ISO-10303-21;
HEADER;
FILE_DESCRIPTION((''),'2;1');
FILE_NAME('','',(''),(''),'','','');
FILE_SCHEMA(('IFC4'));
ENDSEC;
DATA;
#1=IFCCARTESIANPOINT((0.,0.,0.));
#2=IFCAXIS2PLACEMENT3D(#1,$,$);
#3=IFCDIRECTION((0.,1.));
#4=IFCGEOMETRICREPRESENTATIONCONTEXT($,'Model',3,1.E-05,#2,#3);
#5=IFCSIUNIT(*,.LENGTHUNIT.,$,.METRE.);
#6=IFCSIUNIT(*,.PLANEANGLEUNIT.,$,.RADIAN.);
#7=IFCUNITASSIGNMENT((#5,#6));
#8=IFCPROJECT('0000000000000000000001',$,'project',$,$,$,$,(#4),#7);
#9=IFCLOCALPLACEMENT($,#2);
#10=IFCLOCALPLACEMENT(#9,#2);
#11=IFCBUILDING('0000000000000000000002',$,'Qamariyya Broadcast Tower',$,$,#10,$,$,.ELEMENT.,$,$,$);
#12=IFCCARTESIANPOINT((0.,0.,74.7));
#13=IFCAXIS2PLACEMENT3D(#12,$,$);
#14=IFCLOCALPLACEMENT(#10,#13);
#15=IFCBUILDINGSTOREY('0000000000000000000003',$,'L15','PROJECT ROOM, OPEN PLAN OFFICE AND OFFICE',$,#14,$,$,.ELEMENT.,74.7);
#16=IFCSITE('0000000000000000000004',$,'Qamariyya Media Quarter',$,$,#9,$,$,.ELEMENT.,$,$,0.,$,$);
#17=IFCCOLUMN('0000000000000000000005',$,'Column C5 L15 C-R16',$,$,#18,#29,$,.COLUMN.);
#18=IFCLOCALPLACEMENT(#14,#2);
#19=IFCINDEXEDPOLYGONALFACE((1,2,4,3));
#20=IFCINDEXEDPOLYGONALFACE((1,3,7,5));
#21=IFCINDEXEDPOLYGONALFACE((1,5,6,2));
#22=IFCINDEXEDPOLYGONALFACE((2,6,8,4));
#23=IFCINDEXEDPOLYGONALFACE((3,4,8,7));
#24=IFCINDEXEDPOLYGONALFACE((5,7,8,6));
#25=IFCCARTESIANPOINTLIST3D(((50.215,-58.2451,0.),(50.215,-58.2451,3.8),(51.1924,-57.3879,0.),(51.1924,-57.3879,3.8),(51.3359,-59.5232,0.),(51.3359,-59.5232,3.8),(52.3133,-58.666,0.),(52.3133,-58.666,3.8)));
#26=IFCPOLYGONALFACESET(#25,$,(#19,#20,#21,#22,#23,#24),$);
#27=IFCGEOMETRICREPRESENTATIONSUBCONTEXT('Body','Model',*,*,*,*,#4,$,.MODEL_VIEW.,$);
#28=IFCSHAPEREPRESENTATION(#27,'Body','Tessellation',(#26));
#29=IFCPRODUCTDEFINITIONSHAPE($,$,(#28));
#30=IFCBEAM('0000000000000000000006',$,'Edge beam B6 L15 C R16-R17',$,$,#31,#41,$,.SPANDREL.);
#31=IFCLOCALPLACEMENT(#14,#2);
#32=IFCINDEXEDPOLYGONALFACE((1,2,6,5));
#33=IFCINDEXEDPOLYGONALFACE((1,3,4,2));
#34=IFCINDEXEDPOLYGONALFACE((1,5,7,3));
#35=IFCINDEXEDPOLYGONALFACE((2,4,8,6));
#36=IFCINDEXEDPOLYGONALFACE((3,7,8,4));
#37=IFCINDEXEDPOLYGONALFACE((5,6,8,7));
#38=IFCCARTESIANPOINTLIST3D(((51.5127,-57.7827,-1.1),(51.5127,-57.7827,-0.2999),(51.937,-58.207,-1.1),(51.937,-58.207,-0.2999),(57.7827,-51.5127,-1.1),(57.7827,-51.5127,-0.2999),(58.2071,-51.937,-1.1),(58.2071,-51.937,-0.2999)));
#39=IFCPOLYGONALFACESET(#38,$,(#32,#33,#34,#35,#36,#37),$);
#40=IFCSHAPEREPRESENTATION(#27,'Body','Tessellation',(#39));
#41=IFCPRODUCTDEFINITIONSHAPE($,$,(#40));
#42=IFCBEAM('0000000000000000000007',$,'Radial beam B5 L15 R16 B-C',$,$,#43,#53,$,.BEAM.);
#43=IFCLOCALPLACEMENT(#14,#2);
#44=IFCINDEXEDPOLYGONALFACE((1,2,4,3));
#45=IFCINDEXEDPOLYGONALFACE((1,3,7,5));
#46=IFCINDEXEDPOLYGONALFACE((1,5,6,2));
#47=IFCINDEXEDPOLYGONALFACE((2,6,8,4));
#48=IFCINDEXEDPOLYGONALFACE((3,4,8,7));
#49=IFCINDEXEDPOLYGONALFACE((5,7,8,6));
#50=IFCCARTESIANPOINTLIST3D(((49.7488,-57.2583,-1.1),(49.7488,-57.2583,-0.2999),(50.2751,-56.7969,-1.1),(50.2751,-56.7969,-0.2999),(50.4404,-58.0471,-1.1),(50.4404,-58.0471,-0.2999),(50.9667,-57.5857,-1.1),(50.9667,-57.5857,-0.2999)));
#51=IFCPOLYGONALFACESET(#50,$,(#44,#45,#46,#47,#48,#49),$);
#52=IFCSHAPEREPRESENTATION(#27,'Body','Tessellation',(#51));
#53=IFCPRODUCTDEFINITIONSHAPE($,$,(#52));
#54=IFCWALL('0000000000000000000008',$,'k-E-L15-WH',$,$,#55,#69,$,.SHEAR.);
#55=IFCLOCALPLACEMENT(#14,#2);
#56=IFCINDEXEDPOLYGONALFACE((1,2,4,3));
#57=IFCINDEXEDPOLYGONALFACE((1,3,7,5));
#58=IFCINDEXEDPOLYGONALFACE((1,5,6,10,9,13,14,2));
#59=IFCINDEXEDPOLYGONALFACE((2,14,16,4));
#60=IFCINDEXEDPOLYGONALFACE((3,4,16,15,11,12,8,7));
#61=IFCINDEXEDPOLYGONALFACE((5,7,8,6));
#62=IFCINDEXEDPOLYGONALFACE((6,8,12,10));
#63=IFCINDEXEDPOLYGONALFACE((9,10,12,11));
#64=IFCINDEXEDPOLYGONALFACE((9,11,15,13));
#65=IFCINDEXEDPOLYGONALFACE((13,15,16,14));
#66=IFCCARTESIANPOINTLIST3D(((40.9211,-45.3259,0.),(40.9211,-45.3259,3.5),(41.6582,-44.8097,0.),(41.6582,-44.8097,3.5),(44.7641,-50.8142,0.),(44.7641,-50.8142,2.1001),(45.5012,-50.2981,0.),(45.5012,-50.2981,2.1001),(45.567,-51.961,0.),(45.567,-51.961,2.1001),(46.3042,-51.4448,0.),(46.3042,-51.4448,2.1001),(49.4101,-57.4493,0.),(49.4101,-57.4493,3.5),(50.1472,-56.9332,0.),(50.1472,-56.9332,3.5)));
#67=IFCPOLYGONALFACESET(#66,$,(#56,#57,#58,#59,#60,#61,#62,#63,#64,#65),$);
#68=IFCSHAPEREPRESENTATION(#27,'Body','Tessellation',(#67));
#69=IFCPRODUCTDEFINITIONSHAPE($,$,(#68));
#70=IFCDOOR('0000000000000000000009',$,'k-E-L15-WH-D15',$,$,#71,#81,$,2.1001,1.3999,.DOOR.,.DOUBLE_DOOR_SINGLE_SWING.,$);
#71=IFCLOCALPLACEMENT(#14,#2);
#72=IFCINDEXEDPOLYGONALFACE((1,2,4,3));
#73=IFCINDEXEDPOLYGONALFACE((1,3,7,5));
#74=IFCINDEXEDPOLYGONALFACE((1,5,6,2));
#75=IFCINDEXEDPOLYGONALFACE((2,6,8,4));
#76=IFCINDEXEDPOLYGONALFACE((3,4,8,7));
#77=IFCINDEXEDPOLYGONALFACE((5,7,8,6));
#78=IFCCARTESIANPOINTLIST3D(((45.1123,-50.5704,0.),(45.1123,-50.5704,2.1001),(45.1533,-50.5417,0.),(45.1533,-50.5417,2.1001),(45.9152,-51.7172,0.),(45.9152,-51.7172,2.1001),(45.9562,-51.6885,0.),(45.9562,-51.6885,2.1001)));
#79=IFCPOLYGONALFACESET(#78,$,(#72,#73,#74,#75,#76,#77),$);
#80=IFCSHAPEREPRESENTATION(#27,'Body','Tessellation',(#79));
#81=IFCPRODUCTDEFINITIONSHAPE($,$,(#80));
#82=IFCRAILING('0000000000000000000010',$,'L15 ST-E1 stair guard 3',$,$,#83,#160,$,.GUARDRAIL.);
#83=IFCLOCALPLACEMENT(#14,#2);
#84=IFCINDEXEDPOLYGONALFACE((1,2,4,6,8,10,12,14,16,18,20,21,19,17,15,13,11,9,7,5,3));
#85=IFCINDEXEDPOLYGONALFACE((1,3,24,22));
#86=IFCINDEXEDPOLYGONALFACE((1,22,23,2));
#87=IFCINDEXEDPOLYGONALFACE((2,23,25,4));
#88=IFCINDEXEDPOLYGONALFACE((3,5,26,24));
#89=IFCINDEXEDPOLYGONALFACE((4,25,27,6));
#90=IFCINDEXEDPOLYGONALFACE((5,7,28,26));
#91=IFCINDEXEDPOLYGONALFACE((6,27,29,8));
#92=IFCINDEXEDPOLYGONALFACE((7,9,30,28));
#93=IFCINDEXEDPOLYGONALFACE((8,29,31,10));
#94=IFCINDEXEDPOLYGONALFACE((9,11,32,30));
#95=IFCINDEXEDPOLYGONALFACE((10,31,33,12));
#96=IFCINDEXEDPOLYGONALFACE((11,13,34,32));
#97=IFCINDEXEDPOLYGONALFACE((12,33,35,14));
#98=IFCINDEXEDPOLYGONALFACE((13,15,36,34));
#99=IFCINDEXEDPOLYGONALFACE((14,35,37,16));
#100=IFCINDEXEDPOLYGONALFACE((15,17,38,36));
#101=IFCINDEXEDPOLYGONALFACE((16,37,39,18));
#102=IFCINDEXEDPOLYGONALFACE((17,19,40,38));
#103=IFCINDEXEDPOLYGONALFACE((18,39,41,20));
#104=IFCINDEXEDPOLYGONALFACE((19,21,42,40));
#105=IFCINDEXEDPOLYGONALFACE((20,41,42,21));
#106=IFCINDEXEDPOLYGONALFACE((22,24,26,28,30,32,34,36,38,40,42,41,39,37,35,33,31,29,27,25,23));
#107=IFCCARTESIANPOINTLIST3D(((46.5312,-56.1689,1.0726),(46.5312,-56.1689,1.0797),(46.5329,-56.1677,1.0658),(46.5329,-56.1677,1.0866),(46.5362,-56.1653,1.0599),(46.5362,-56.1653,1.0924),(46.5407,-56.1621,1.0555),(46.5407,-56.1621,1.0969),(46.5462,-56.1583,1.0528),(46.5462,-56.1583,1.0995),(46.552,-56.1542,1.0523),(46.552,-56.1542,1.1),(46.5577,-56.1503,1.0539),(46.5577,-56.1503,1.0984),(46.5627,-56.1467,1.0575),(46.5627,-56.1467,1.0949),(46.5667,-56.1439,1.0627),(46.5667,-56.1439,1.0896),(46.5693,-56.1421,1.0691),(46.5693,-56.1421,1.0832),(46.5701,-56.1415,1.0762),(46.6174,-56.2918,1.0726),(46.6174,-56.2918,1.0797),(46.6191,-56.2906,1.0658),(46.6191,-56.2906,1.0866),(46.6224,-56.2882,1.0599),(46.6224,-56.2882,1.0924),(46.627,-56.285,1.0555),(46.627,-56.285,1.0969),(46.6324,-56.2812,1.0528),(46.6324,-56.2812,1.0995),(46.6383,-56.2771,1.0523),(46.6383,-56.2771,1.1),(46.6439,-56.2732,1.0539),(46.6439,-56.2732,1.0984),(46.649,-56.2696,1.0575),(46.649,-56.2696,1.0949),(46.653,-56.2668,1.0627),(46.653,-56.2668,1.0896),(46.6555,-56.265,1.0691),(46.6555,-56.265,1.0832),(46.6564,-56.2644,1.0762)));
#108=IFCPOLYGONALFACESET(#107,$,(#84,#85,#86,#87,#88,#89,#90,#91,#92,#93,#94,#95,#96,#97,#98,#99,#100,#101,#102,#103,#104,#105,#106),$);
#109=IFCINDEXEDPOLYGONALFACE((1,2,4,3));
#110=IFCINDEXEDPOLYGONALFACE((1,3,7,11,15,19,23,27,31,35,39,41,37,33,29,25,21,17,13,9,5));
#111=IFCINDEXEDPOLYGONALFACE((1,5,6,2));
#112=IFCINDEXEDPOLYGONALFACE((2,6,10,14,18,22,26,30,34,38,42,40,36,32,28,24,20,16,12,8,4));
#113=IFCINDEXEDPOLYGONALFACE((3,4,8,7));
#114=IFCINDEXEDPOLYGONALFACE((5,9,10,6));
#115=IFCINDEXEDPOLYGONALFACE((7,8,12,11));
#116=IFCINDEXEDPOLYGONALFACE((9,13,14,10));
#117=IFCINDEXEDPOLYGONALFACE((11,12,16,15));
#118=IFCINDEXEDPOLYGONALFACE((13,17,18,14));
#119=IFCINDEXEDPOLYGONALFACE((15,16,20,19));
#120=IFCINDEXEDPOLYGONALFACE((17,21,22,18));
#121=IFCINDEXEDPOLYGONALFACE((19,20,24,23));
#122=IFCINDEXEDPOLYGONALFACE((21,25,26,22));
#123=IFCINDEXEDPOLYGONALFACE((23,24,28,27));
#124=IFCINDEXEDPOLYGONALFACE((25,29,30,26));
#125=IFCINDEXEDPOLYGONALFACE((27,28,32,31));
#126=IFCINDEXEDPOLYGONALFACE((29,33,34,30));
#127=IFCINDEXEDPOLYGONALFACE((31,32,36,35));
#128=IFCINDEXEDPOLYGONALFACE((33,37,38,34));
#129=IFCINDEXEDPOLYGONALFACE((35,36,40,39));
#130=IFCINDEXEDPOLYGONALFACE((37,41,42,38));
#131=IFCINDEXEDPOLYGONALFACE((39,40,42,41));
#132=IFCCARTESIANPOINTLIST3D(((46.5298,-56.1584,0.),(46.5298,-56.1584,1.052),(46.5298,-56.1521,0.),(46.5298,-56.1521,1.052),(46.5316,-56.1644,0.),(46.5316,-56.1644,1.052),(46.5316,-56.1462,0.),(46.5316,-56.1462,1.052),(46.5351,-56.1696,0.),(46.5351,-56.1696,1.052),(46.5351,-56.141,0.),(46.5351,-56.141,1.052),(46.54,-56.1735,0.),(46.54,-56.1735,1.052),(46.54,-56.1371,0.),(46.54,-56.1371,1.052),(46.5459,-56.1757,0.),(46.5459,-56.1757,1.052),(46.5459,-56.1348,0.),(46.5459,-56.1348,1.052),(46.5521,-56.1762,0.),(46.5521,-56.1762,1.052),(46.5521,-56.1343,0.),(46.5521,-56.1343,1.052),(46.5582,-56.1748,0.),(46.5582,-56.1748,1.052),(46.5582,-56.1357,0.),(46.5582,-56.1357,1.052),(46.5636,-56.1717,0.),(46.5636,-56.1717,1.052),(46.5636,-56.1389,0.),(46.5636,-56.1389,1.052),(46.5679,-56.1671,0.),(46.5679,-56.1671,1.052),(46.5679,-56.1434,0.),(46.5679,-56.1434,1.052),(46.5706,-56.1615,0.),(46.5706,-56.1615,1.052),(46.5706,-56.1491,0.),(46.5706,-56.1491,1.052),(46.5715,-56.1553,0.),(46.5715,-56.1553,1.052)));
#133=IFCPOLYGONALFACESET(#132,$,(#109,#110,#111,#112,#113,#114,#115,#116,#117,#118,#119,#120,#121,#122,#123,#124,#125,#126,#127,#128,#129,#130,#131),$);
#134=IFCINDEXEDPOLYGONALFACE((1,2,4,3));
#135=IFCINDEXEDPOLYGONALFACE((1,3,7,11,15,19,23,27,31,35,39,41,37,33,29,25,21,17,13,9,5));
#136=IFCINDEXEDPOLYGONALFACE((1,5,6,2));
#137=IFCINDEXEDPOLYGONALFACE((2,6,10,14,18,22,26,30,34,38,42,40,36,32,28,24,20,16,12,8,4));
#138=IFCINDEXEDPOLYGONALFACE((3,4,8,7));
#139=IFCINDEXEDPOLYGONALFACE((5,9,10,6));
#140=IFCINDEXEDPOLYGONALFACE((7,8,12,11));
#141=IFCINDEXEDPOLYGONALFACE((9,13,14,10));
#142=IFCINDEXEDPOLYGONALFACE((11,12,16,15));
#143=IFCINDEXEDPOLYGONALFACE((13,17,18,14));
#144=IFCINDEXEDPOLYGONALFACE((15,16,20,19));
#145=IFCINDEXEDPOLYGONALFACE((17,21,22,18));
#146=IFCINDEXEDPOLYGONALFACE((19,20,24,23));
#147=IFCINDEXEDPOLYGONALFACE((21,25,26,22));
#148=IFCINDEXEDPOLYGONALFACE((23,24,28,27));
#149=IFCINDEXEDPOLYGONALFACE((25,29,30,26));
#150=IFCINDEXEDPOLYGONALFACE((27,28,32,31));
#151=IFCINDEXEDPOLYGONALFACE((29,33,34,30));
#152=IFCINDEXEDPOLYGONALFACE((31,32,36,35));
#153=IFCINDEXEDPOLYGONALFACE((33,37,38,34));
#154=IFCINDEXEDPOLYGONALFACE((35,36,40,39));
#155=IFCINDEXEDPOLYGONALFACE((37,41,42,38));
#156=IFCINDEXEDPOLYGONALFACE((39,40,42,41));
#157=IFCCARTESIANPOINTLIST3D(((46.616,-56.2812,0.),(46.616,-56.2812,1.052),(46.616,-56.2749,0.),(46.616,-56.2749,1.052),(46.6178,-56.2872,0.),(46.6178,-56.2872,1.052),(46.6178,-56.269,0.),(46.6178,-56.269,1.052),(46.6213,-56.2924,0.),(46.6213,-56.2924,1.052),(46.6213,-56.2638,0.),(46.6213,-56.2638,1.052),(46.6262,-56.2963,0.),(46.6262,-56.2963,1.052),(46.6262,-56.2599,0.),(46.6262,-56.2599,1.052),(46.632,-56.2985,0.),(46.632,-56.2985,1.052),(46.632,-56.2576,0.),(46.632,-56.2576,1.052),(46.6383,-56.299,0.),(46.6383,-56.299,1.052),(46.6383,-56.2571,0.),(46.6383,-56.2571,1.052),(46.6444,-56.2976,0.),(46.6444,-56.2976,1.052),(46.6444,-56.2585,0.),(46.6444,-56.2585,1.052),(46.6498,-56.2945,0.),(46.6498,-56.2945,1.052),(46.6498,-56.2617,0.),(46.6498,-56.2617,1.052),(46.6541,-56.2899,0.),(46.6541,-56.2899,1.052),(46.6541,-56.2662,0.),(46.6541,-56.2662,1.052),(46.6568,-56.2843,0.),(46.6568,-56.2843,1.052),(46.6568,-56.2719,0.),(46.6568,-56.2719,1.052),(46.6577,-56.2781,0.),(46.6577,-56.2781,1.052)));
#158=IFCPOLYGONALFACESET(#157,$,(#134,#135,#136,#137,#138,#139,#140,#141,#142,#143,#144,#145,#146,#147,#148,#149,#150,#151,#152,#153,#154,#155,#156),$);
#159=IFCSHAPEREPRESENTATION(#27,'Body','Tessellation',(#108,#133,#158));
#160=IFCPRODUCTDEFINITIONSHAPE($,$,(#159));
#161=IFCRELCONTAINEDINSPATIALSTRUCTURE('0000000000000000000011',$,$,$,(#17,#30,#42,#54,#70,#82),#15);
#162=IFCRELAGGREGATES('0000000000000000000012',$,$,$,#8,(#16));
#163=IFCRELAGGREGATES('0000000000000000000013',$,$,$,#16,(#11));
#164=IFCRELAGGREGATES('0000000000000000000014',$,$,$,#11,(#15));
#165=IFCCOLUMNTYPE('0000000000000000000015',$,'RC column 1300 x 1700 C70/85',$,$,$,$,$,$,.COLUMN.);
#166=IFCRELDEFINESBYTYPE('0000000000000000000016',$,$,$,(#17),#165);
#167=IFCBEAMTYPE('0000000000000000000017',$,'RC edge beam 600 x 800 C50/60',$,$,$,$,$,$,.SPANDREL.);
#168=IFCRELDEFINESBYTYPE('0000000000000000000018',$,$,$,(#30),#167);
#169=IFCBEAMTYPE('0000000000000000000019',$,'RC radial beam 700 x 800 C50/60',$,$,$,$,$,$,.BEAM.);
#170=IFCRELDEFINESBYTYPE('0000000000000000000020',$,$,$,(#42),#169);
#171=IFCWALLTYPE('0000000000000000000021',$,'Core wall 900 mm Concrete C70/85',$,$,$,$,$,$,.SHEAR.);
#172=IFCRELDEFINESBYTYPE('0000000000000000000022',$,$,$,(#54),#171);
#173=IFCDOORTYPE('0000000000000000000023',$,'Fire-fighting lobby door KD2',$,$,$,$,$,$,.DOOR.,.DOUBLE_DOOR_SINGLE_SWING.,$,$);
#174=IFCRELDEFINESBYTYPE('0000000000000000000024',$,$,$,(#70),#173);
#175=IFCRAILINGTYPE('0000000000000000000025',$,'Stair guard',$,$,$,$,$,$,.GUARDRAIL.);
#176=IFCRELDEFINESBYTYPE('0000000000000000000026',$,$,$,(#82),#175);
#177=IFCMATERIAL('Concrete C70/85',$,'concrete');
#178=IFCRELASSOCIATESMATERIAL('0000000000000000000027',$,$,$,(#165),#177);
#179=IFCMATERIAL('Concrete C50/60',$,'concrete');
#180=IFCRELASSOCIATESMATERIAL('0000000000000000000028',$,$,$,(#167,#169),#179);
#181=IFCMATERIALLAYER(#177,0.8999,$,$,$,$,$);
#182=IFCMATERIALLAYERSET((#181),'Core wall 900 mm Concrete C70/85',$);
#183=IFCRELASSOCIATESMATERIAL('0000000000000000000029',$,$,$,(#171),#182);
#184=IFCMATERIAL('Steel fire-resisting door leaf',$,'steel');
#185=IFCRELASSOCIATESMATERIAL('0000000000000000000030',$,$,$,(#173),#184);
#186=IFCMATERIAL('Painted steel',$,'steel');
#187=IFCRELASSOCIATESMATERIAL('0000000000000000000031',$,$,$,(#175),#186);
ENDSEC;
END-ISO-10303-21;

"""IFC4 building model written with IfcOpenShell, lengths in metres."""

from ifc_helpers import new_model, si_unit, direction, frame, frame_2d, origin, origin_2d, place, context, subcontext, project, spatial, rectangle, circle, extrude, material, layer, layer_set, material_profile, profile_set, type_object, element, fill, save


model = new_model("IFC4")

# Units and contexts
model_context = context("Model", 3, precision=1e-05, world=origin(), true_north=direction((0.0, 1.0)))
body_context = subcontext(model_context, "Body", "Model", "MODEL_VIEW")
ifc_project = project(units=[si_unit("LENGTHUNIT", "METRE"), si_unit("PLANEANGLEUNIT", "RADIAN")], contexts=[model_context])

# Site, building, storey
site_placement = place(None, origin())
site = spatial("IfcSite", under=ifc_project, at=site_placement, Name="Qamariyya Media Quarter", CompositionType="ELEMENT", RefElevation=0.0)
building_placement = place(site_placement, origin())
building = spatial("IfcBuilding", under=site, at=building_placement, Name="Qamariyya Broadcast Tower", CompositionType="ELEMENT")
storey_placement = place(building_placement, frame((0.0, 0.0, 74.7)))
storey = spatial("IfcBuildingStorey", under=building, at=storey_placement, Name="L15", Description="PROJECT ROOM, OPEN PLAN OFFICE AND OFFICE", CompositionType="ELEMENT", Elevation=74.7)

# Column
ifc_material_1 = material(Name="Concrete C70/85", Category="concrete")
ifc_material_profile_1 = material_profile(ifc_material_1, rectangle(XDim=1.3, YDim=1.7, at=origin_2d()))
ifc_profile_set_1 = profile_set([ifc_material_profile_1], Name="Concrete C70/85")
column_type = type_object("IfcColumnType", Name="RC column 1300 x 1700 C70/85", PredefinedType="COLUMN", material=ifc_profile_set_1)
column_placement = place(storey_placement, frame((51.2642, -58.4556, 0.0), z_axis=(0.0, 0.0, 1.0), x_axis=(0.75184, 0.659346, 0.0)))
element("IfcColumn", 1, at=column_placement, inside=storey, type_object=column_type, Name="Column C5 L15 C-R16", PredefinedType="COLUMN", context=body_context, shape_type="SweptSolid", body=[
    extrude(rectangle(XDim=1.3, YDim=1.7, at=origin_2d()), origin(), (0.0, 0.0, 1.0), 3.8),
])

# Beams
ifc_material_2 = material(Name="Concrete C50/60", Category="concrete")
ifc_material_profile_2 = material_profile(ifc_material_2, rectangle(XDim=0.6001, YDim=0.8, at=origin_2d()))
ifc_profile_set_2 = profile_set([ifc_material_profile_2], Name="Concrete C50/60")
beam_type_1 = type_object("IfcBeamType", Name="RC edge beam 600 x 800 C50/60", PredefinedType="SPANDREL", material=ifc_profile_set_2)
beam_1_placement = place(storey_placement, frame((51.7249, -57.9949, -0.7), z_axis=(0.707107, 0.707107, 0.0), x_axis=(-0.707107, 0.707107, 0.0)))
element("IfcBeam", 2, at=beam_1_placement, inside=storey, type_object=beam_type_1, Name="Edge beam B6 L15 C R16-R17", PredefinedType="SPANDREL", context=body_context, shape_type="SweptSolid", body=[
    extrude(rectangle(XDim=0.6001, YDim=0.8, at=origin_2d()), origin(), (0.0, 0.0, 1.0), 8.8672),
])
ifc_material_profile_3 = material_profile(ifc_material_2, rectangle(XDim=0.7, YDim=0.8, at=origin_2d()))
ifc_profile_set_3 = profile_set([ifc_material_profile_3], Name="Concrete C50/60")
beam_type_2 = type_object("IfcBeamType", Name="RC radial beam 700 x 800 C50/60", PredefinedType="BEAM", material=ifc_profile_set_3)
beam_2_placement = place(storey_placement, frame((50.012, -57.0276, -0.7), z_axis=(0.659279, -0.751899, 0.0), x_axis=(0.751899, 0.659279, 0.0)))
element("IfcBeam", 3, at=beam_2_placement, inside=storey, type_object=beam_type_2, Name="Radial beam B5 L15 R16 B-C", PredefinedType="BEAM", context=body_context, shape_type="SweptSolid", body=[
    extrude(rectangle(XDim=0.7, YDim=0.8, at=origin_2d()), origin(), (0.0, 0.0, 1.0), 1.0491),
])

# Wall, opening, door
ifc_layer = layer(ifc_material_1, 0.8999)
ifc_layer_set = layer_set([ifc_layer], Name="Core wall 900 mm Concrete C70/85")
wall_type = type_object("IfcWallType", Name="Core wall 900 mm Concrete C70/85", PredefinedType="SHEAR", material=ifc_layer_set)
wall_placement = place(storey_placement, frame((49.7786, -57.1912, 0.0), z_axis=(0.0, 0.0, 1.0), x_axis=(-0.573577, 0.819151, 0.0)))
wall = element("IfcWall", 4, at=wall_placement, inside=storey, type_object=wall_type, Name="k-E-L15-WH", PredefinedType="SHEAR", context=body_context, shape_type="SweptSolid", body=[
    extrude(rectangle(XDim=14.8, YDim=0.8999, at=frame_2d((7.3999, 0.0))), origin(), (0.0, 0.0, 1.0), 3.5),
])
opening_placement = place(wall_placement, frame((6.7, 0.0, 0.0)))
opening = element("IfcOpeningElement", 5, at=opening_placement, cuts=wall, PredefinedType="OPENING", context=body_context, shape_type="SweptSolid", body=[
    extrude(rectangle(XDim=1.3999, YDim=2.1001, at=frame_2d((0.7, 1.05))), frame((0.0, 0.46, 0.0), z_axis=(0.0, -1.0, 0.0), x_axis=(1.0, 0.0, 0.0)), (0.0, 0.0, 1.0), 0.9199),
])
ifc_material_3 = material(Name="Steel fire-resisting door leaf", Category="steel")
door_type = type_object("IfcDoorType", Name="Fire-fighting lobby door KD2", OperationType="DOUBLE_DOOR_SINGLE_SWING", PredefinedType="DOOR", material=ifc_material_3)
door_placement = place(opening_placement, origin())
door = element("IfcDoor", 6, at=door_placement, inside=storey, type_object=door_type, Name="k-E-L15-WH-D15", OperationType="DOUBLE_DOOR_SINGLE_SWING", OverallHeight=2.1001, OverallWidth=1.3999, PredefinedType="DOOR", context=body_context, shape_type="SweptSolid", body=[
    extrude(rectangle(XDim=1.3999, YDim=2.1001, at=frame_2d((0.7, 1.05))), frame((0.0, 0.0249, 0.0), z_axis=(0.0, -1.0, 0.0), x_axis=(1.0, 0.0, 0.0)), (0.0, 0.0, 1.0), 0.05),
])
fill(opening, door)

# Railing
ifc_material_4 = material(Name="Painted steel", Category="steel")
railing_type_1 = type_object("IfcRailingType", Name="Stair guard", PredefinedType="GUARDRAIL", material=ifc_material_4)
railing_1_placement = place(storey_placement, frame((46.5505, -56.1553, 0.0)))
element("IfcRailing", 7, at=railing_1_placement, inside=storey, type_object=railing_type_1, Name="L15 ST-E1 stair guard 3", PredefinedType="GUARDRAIL", context=body_context, shape_type="SweptSolid", body=[
    extrude(circle(Radius=0.0239, at=origin_2d()), frame((0.0, 0.0, 1.0762), z_axis=(0.574445, -0.818543, 0.0), x_axis=(0.818543, 0.574445, 0.0)), (0.0, 0.0, 1.0), 0.1501),
    extrude(circle(Radius=0.021, at=origin_2d()), origin(), (0.0, 0.0, 1.0), 1.052),
    extrude(circle(Radius=0.021, at=origin_2d()), frame((0.0862, -0.1228, 0.0)), (0.0, 0.0, 1.0), 1.052),
])

save(model, "model.ifc")
